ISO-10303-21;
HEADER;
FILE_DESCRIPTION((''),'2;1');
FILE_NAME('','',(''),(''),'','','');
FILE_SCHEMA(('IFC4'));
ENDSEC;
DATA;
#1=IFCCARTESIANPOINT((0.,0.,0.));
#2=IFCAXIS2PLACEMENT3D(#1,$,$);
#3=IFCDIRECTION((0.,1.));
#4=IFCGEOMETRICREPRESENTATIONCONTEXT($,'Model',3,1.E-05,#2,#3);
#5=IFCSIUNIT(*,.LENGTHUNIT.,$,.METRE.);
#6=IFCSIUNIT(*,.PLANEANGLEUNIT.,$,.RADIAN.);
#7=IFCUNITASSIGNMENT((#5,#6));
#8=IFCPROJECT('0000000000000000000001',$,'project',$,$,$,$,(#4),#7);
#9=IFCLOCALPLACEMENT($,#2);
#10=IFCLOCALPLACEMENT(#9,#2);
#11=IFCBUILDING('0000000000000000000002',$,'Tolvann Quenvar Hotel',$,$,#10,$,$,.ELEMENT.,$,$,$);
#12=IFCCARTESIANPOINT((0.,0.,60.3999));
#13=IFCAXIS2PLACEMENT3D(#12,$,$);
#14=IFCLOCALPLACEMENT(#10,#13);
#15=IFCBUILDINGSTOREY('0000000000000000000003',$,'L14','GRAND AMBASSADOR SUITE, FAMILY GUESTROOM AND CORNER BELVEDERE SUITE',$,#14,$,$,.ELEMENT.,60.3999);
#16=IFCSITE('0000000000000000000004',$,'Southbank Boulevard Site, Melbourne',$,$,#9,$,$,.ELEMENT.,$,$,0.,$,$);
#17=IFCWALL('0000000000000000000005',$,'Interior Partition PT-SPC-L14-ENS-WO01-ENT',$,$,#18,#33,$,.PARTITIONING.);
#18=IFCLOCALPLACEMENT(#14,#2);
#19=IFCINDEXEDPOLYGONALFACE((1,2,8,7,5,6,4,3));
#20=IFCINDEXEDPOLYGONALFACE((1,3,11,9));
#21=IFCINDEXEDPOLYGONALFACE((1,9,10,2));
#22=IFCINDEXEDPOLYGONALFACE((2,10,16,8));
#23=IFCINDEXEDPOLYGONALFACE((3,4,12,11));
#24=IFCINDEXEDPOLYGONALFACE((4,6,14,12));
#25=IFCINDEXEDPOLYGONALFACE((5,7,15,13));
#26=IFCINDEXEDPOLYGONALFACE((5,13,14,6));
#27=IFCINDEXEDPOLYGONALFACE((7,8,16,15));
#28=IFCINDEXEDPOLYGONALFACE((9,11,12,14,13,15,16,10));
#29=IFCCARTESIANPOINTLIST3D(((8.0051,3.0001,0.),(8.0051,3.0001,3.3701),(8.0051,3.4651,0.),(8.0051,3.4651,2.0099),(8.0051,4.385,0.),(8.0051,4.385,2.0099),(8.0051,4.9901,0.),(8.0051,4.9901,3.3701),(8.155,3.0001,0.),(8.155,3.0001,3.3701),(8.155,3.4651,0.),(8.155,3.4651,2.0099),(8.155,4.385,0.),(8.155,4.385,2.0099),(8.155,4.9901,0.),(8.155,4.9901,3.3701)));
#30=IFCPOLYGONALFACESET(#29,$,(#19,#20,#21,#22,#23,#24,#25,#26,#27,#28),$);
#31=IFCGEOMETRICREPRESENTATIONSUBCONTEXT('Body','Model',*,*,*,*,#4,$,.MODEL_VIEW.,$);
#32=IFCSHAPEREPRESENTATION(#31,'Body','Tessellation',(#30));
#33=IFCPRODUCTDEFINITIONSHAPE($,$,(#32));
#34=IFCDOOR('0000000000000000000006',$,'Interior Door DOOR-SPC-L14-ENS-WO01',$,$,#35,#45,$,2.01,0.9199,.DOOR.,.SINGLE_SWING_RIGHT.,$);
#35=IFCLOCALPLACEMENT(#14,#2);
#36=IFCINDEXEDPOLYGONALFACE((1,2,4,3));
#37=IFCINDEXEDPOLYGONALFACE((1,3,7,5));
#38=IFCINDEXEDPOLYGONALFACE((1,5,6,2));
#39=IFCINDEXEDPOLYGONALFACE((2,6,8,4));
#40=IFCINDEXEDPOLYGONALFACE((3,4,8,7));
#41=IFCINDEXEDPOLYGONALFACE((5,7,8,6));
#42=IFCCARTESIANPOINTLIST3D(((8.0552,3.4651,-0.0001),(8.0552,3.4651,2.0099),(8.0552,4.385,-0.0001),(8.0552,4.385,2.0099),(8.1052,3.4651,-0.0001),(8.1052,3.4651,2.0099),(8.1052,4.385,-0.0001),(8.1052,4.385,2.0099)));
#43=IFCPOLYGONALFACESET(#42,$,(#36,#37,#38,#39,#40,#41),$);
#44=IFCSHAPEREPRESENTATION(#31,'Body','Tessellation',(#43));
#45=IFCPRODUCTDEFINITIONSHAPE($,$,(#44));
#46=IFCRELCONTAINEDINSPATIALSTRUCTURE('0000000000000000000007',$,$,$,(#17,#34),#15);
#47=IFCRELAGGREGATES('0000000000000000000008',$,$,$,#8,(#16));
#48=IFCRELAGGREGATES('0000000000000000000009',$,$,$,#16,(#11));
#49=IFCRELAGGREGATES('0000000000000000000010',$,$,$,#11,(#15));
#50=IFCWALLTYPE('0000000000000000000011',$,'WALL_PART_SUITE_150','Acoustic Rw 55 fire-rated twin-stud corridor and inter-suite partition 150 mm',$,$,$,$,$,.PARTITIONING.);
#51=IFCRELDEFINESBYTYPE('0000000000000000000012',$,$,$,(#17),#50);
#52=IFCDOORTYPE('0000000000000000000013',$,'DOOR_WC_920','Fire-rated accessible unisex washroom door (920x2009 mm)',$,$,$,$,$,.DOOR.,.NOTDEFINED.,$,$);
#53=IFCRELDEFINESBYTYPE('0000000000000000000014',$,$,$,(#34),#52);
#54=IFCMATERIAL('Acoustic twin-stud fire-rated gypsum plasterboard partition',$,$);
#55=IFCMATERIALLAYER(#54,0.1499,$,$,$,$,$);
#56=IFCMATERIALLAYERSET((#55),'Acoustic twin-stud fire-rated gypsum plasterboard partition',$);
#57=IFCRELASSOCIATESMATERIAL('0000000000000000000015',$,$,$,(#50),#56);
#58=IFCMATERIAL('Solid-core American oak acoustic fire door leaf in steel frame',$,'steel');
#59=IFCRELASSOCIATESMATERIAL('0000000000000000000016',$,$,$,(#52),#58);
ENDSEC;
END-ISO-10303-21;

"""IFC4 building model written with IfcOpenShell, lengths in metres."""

from ifc_helpers import new_model, si_unit, direction, frame, frame_2d, origin, place, context, subcontext, project, spatial, rectangle, extrude, source, transform, mapped, material, layer, layer_set, type_object, type_shapes, element, fill, save


model = new_model("IFC4")

# Units and contexts
model_context = context("Model", 3, precision=1e-05, world=origin(), true_north=direction((0.0, 1.0)))
body_context = subcontext(model_context, "Body", "Model", "MODEL_VIEW")
ifc_project = project(units=[si_unit("LENGTHUNIT", "METRE"), si_unit("PLANEANGLEUNIT", "RADIAN")], contexts=[model_context])

# Site, building, storey
site_placement = place(None, origin())
site = spatial("IfcSite", under=ifc_project, at=site_placement, Name="Southbank Boulevard Site, Melbourne", CompositionType="ELEMENT", RefElevation=0.0)
building_placement = place(site_placement, origin())
building = spatial("IfcBuilding", under=site, at=building_placement, Name="Tolvann Quenvar Hotel", CompositionType="ELEMENT")
storey_placement = place(building_placement, frame((0.0, 0.0, 60.3999)))
storey = spatial("IfcBuildingStorey", under=building, at=storey_placement, Name="L14", Description="GRAND AMBASSADOR SUITE, FAMILY GUESTROOM AND CORNER BELVEDERE SUITE", CompositionType="ELEMENT", Elevation=60.3999)

# Wall, opening, door
ifc_material_1 = material(Name="Acoustic twin-stud fire-rated gypsum plasterboard partition")
ifc_layer_1 = layer(ifc_material_1, 0.1499)
ifc_layer_set_1 = layer_set([ifc_layer_1], Name="Acoustic twin-stud fire-rated gypsum plasterboard partition")
wall_type_1 = type_object("IfcWallType", Name="WALL_PART_SUITE_150", Description="Acoustic Rw 55 fire-rated twin-stud corridor and inter-suite partition 150 mm", PredefinedType="PARTITIONING", material=ifc_layer_set_1)
wall_1_placement = place(storey_placement, frame((8.0801, 3.0, 0.0), z_axis=(0.0, 0.0, 1.0), x_axis=(0.0, 1.0, 0.0)))
wall_1 = element("IfcWall", 1, at=wall_1_placement, inside=storey, type_object=wall_type_1, Name="Interior Partition PT-SPC-L14-ENS-WO01-ENT", PredefinedType="PARTITIONING", context=body_context, shape_type="SweptSolid", body=[
    extrude(rectangle(XDim=1.99, YDim=0.1499, at=frame_2d((0.9951, 0.0))), origin(), (0.0, 0.0, 1.0), 3.3701),
])
opening_1_placement = place(wall_1_placement, frame((0.4651, 0.0, 0.0)))
opening_1 = element("IfcOpeningElement", 2, at=opening_1_placement, cuts=wall_1, PredefinedType="OPENING", context=body_context, shape_type="SweptSolid", body=[
    extrude(rectangle(XDim=0.9199, YDim=2.01, at=frame_2d((0.46, 1.0049))), frame((0.0, 0.085, 0.0), z_axis=(0.0, -1.0, 0.0), x_axis=(1.0, 0.0, 0.0)), (0.0, 0.0, 1.0), 0.1699),
])
ifc_material_2 = material(Name="Solid-core American oak acoustic fire door leaf in steel frame", Category="steel")
door_type_1 = type_object("IfcDoorType", Name="DOOR_WC_920", Description="Fire-rated accessible unisex washroom door (920x2009 mm)", OperationType="NOTDEFINED", PredefinedType="DOOR", material=ifc_material_2)
shared_shape_1 = source(origin(), body_context, "Body", "SweptSolid", [
    extrude(rectangle(XDim=0.9199, YDim=2.01, at=frame_2d((0.46, 1.0049))), frame((0.0, 0.0249, 0.0), z_axis=(0.0, -1.0, 0.0), x_axis=(1.0, 0.0, 0.0)), (0.0, 0.0, 1.0), 0.05),
])
type_shapes(door_type_1, [shared_shape_1])
door_1_placement = place(opening_1_placement, origin())
door_1 = element("IfcDoor", 3, at=door_1_placement, inside=storey, type_object=door_type_1, Name="Interior Door DOOR-SPC-L14-ENS-WO01", OperationType="SINGLE_SWING_RIGHT", OverallHeight=2.01, OverallWidth=0.9199, PredefinedType="DOOR", context=body_context, shape_type="MappedRepresentation", body=[
    mapped(shared_shape_1, transform((0.0, 0.0, 0.0), x_axis=(1.0, 0.0, 0.0), y_axis=(0.0, 1.0, 0.0), z_axis=(0.0, 0.0, 1.0), scale=1.0)),
])
fill(opening_1, door_1)

save(model, "model.ifc")
